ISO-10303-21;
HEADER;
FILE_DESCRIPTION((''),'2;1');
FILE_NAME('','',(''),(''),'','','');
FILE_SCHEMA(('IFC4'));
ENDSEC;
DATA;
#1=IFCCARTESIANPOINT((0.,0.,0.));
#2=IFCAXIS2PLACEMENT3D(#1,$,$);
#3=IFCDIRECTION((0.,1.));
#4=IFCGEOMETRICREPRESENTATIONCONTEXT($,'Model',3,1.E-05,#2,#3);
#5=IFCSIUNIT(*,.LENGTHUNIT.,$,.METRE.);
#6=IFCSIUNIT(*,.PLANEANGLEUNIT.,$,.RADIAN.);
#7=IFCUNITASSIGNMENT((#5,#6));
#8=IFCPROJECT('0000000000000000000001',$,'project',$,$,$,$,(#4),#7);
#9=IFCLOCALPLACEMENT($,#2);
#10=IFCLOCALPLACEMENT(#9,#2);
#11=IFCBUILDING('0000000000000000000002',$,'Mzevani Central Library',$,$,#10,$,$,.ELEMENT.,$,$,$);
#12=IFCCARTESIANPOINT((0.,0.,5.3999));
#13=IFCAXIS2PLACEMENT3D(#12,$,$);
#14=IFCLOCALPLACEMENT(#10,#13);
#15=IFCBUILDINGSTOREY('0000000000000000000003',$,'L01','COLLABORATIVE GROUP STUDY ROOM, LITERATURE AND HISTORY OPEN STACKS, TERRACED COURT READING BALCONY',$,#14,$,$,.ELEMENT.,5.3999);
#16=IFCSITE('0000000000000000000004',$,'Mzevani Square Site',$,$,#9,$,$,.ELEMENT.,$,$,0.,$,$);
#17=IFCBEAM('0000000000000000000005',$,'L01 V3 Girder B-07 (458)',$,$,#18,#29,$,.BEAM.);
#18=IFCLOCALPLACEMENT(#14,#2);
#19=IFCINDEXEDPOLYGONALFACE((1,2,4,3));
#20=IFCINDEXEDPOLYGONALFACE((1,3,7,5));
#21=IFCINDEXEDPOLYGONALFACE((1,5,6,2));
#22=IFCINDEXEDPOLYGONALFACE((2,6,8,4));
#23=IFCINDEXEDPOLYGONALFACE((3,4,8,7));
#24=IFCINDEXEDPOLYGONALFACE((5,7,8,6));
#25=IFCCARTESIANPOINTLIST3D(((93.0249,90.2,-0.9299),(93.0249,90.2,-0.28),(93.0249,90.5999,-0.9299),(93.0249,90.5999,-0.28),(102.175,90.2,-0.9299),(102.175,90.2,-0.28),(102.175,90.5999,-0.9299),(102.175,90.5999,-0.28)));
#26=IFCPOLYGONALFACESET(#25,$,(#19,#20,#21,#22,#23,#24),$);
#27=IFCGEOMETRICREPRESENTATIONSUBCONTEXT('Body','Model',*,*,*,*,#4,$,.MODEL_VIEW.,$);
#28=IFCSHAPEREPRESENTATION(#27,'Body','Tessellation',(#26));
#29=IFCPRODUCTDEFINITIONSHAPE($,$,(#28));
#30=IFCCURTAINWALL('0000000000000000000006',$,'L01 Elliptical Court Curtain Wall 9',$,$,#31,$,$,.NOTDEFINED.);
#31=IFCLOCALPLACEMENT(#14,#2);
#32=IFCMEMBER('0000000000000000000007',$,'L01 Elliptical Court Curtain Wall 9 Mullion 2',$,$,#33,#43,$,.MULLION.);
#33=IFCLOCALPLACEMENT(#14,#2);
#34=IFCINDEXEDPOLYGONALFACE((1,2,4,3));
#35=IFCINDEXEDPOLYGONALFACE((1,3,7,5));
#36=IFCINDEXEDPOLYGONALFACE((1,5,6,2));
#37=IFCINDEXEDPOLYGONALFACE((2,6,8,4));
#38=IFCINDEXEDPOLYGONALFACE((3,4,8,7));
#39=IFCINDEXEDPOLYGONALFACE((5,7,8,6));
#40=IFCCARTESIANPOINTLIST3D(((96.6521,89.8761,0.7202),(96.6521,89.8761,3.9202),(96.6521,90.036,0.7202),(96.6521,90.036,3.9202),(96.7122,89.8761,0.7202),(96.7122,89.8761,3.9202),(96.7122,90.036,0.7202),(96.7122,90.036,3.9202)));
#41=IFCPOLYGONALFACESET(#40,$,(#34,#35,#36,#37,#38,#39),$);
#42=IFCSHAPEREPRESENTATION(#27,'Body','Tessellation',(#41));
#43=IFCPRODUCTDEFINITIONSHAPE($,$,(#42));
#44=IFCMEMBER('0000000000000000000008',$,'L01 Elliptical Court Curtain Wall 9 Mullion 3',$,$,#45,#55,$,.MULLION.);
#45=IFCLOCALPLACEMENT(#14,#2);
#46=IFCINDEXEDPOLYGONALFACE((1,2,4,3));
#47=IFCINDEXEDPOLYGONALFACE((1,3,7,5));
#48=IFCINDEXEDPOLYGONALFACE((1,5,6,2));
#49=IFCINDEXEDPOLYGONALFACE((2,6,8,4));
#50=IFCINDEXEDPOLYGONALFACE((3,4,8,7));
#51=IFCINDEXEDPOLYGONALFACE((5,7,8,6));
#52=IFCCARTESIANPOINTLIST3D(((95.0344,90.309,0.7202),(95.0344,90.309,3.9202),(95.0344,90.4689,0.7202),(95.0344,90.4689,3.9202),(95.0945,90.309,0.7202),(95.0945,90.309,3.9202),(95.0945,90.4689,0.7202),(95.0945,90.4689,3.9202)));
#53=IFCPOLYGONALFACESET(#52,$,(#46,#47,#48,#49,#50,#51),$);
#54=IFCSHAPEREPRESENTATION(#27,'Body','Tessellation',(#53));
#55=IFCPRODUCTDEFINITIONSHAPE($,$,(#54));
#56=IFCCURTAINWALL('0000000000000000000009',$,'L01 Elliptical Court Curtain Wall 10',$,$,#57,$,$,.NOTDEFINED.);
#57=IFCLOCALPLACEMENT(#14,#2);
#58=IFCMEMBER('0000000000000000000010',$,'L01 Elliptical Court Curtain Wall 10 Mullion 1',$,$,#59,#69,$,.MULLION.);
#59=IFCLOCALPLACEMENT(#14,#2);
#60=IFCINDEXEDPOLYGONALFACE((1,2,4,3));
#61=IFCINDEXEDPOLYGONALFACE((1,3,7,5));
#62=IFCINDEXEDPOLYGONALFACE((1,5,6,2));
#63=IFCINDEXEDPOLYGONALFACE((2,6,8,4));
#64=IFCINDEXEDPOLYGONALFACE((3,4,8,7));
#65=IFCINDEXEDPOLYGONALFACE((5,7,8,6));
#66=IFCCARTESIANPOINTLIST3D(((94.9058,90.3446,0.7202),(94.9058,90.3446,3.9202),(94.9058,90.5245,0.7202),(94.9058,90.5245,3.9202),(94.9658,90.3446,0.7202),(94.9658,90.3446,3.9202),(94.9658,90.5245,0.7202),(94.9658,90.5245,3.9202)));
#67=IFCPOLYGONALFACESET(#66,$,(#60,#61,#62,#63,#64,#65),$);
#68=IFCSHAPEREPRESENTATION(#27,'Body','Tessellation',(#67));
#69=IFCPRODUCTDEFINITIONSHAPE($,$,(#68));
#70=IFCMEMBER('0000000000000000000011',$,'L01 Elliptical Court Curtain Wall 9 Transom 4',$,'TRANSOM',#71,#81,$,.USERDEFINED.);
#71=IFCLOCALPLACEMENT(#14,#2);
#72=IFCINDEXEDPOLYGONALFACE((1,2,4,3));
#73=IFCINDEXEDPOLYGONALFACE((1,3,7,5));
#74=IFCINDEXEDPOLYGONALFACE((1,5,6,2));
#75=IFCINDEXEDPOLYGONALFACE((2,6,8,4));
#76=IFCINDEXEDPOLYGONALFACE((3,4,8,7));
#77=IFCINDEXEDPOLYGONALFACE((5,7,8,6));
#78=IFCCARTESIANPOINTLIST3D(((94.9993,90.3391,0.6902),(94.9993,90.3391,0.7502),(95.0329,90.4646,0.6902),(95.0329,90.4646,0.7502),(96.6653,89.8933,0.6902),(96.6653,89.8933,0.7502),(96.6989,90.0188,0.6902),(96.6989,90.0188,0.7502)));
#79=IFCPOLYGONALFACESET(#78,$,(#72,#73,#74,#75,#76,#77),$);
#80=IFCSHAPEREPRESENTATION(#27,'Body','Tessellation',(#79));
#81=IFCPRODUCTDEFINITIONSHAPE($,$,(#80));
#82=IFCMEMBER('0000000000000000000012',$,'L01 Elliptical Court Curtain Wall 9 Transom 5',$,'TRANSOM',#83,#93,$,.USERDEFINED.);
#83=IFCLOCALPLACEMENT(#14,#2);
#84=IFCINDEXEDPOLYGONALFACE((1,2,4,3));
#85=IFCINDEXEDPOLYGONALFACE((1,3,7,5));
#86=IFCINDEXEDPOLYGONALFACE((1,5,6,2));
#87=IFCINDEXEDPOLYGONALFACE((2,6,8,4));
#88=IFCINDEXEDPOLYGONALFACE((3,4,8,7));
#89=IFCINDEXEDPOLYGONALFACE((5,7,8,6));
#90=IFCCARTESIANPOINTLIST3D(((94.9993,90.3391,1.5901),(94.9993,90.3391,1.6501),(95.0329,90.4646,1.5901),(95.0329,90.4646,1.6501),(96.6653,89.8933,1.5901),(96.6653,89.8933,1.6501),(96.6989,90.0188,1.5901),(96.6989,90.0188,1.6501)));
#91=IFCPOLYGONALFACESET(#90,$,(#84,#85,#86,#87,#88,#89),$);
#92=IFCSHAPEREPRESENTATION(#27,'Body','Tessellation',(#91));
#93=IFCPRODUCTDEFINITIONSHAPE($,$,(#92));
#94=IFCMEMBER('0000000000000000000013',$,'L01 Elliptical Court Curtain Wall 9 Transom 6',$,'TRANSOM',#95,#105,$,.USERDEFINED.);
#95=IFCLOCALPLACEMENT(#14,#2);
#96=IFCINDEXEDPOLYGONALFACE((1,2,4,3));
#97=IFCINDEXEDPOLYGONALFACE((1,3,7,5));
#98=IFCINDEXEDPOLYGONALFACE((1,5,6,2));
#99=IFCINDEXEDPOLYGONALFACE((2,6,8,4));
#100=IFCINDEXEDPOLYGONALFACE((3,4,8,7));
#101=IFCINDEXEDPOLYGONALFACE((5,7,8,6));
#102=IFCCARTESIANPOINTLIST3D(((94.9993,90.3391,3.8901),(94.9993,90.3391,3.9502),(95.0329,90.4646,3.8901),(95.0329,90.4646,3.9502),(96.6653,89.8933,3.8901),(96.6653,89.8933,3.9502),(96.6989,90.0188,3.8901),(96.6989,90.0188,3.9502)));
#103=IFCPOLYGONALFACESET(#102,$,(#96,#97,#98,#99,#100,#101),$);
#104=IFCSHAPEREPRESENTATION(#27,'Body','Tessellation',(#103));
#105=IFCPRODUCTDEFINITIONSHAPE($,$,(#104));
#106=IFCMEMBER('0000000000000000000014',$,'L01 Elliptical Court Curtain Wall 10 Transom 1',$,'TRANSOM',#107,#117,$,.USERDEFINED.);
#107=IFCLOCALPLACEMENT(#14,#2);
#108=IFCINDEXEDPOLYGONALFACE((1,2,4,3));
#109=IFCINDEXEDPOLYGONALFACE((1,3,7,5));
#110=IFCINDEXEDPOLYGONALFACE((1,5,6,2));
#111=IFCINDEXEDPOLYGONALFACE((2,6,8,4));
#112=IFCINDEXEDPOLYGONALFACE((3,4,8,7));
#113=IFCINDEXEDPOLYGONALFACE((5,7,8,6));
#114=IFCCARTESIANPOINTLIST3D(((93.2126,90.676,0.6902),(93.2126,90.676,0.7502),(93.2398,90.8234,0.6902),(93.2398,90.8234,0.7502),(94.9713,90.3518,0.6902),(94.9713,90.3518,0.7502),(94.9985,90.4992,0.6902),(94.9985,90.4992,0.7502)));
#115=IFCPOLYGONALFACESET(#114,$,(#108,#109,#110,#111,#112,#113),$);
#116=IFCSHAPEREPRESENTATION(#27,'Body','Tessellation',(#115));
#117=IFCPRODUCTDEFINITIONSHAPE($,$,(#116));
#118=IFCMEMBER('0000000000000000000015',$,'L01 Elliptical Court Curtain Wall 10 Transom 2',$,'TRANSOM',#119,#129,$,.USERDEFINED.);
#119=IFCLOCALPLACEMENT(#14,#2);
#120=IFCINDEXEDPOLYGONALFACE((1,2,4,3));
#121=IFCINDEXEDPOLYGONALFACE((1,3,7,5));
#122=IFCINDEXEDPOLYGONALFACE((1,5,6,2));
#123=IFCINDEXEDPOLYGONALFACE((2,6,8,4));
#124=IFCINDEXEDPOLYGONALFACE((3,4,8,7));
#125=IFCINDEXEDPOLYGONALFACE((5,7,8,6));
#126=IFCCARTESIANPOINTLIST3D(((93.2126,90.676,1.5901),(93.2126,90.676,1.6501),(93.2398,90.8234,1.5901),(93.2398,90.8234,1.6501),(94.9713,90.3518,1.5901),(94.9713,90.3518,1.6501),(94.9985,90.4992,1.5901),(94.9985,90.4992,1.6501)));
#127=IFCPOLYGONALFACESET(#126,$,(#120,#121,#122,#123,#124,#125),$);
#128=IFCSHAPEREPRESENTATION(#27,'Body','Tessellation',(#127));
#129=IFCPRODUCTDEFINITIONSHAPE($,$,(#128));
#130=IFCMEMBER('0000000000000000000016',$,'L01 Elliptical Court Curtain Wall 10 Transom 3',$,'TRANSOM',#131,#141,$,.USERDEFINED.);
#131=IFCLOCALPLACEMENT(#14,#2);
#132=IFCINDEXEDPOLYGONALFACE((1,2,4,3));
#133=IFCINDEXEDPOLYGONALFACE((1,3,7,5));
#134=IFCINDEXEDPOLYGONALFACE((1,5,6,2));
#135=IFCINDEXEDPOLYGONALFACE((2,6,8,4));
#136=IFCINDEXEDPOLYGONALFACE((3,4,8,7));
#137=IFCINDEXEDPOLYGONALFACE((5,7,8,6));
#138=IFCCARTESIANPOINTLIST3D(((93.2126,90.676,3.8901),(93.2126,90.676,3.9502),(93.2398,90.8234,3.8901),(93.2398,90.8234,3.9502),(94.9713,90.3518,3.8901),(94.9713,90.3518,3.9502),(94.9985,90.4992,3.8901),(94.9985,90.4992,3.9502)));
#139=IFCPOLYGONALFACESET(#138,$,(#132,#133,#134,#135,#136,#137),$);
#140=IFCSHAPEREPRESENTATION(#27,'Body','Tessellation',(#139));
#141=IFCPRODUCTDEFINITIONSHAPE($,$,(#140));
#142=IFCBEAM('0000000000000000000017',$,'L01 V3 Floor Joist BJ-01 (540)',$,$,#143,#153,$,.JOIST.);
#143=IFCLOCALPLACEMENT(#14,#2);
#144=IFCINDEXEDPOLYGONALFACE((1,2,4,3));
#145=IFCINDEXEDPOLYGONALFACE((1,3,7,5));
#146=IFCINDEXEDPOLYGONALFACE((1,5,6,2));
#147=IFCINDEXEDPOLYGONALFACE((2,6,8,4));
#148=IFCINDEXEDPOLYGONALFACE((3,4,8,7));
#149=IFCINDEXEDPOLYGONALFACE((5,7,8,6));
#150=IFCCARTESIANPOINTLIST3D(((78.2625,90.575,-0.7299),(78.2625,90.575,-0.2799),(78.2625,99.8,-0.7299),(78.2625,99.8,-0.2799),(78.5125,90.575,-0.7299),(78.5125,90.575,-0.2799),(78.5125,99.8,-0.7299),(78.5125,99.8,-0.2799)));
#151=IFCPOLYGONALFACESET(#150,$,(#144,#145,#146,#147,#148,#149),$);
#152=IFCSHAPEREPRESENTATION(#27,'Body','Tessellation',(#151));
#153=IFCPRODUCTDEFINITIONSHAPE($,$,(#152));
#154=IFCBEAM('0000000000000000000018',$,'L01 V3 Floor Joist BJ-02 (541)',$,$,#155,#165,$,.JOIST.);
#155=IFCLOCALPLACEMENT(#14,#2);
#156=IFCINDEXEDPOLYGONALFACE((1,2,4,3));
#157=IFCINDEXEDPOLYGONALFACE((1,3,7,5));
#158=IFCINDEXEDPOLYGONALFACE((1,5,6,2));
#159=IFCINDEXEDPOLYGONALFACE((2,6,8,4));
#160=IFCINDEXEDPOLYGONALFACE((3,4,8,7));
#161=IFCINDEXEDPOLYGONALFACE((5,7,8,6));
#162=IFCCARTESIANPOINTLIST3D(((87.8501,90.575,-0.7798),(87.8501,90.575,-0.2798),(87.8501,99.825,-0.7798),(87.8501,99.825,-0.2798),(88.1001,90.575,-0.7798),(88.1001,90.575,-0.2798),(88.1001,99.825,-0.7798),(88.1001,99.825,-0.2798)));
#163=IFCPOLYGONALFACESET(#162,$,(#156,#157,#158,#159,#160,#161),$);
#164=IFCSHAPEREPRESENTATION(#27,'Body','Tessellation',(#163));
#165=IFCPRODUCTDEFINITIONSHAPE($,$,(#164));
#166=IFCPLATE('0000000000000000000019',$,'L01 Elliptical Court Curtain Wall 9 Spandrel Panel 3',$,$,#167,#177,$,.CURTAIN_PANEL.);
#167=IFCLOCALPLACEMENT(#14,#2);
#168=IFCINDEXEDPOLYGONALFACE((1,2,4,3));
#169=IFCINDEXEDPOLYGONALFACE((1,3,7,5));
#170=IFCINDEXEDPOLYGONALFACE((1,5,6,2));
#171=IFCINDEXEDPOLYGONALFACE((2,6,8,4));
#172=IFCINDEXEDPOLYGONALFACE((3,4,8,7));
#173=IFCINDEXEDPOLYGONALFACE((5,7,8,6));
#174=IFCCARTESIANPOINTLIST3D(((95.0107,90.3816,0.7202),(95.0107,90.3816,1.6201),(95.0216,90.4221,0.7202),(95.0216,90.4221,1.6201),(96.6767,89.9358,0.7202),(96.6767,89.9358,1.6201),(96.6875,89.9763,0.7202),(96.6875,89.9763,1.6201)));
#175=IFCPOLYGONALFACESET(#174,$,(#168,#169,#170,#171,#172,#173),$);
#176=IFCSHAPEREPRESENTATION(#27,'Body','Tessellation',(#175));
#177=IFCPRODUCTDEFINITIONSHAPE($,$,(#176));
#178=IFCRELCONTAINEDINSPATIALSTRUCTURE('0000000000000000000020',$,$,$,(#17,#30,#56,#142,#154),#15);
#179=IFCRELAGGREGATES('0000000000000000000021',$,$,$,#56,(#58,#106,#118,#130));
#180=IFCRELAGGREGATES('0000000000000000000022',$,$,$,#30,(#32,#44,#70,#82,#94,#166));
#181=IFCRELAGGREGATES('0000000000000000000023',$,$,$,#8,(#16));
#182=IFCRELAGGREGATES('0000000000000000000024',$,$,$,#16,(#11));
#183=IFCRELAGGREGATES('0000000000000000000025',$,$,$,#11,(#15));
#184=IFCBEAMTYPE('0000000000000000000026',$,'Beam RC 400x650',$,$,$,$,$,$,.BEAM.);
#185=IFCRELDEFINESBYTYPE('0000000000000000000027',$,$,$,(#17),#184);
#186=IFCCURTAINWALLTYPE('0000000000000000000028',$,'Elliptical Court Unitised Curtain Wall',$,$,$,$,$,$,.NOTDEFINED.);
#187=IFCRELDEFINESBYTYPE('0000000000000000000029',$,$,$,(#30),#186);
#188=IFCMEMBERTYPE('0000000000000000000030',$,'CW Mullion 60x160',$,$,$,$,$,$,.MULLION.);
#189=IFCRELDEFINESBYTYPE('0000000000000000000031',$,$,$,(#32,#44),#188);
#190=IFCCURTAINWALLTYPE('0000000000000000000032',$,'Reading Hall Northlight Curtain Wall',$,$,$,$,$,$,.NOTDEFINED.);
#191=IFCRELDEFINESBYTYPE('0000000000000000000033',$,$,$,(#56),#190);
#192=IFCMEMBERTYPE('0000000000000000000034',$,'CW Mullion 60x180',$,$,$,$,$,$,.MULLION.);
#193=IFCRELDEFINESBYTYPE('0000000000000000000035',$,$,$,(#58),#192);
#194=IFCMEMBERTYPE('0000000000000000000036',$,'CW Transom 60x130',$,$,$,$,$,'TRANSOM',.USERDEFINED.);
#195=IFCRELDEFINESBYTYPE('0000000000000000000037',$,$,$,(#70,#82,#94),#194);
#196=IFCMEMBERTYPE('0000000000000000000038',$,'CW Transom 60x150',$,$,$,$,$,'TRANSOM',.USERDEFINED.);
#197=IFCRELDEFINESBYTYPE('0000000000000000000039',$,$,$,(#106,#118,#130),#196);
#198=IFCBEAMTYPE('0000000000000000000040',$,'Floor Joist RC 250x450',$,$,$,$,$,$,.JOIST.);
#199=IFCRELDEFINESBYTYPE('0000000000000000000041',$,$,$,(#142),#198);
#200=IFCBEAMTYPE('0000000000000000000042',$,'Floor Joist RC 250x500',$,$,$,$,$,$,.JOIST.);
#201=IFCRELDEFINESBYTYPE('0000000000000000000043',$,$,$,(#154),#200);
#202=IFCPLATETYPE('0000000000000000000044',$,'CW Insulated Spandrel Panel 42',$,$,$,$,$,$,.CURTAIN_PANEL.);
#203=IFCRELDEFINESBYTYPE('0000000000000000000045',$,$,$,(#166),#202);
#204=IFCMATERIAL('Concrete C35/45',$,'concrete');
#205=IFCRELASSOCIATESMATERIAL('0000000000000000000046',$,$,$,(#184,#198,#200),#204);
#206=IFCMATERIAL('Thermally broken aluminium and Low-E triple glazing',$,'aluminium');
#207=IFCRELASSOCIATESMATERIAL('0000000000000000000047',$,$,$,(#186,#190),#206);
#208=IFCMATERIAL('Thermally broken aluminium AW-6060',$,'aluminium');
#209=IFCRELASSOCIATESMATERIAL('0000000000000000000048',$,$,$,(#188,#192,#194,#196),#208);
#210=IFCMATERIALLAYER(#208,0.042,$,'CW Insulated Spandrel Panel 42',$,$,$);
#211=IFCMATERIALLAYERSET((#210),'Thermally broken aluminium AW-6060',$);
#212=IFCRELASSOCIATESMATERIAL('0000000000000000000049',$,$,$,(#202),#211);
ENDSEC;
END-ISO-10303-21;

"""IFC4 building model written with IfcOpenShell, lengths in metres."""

from ifc_helpers import new_model, si_unit, direction, frame, origin, origin_2d, place, context, subcontext, project, spatial, rectangle, extrude, material, layer, layer_set, material_profile, profile_set, type_object, element, aggregate, save


model = new_model("IFC4")

# Units and contexts
model_context = context("Model", 3, precision=1e-05, world=origin(), true_north=direction((0.0, 1.0)))
body_context = subcontext(model_context, "Body", "Model", "MODEL_VIEW")
ifc_project = project(units=[si_unit("LENGTHUNIT", "METRE"), si_unit("PLANEANGLEUNIT", "RADIAN")], contexts=[model_context])

# Site, building, storey
site_placement = place(None, origin())
site = spatial("IfcSite", under=ifc_project, at=site_placement, Name="Mzevani Square Site", CompositionType="ELEMENT", RefElevation=0.0)
building_placement = place(site_placement, origin())
building = spatial("IfcBuilding", under=site, at=building_placement, Name="Mzevani Central Library", CompositionType="ELEMENT")
storey_placement = place(building_placement, frame((0.0, 0.0, 5.3999)))
storey = spatial("IfcBuildingStorey", under=building, at=storey_placement, Name="L01", Description="COLLABORATIVE GROUP STUDY ROOM, LITERATURE AND HISTORY OPEN STACKS, TERRACED COURT READING BALCONY", CompositionType="ELEMENT", Elevation=5.3999)

# Beam
ifc_material_1 = material(Name="Concrete C35/45", Category="concrete")
ifc_material_profile_1 = material_profile(ifc_material_1, rectangle(XDim=0.3999, YDim=0.6499, at=origin_2d()), Name="RC B400x650")
ifc_profile_set_1 = profile_set([ifc_material_profile_1], Name="Concrete C35/45")
beam_type_1 = type_object("IfcBeamType", Name="Beam RC 400x650", PredefinedType="BEAM", material=ifc_profile_set_1)
beam_1_placement = place(storey_placement, frame((93.0249, 90.3999, -0.605), z_axis=(1.0, 0.0, 0.0), x_axis=(0.0, 1.0, 0.0)))
element("IfcBeam", 1, at=beam_1_placement, inside=storey, type_object=beam_type_1, Name="L01 V3 Girder B-07 (458)", PredefinedType="BEAM", context=body_context, shape_type="SweptSolid", body=[
    extrude(rectangle(XDim=0.3999, YDim=0.6499, at=origin_2d()), origin(), (0.0, 0.0, 1.0), 9.1501),
])

# Curtain wall, members
ifc_material_2 = material(Name="Thermally broken aluminium and Low-E triple glazing", Category="aluminium")
curtain_wall_type_1 = type_object("IfcCurtainWallType", Name="Elliptical Court Unitised Curtain Wall", PredefinedType="NOTDEFINED", material=ifc_material_2)
curtain_wall_1_placement = place(storey_placement, origin())
curtain_wall_1 = element("IfcCurtainWall", 2, at=curtain_wall_1_placement, inside=storey, type_object=curtain_wall_type_1, Name="L01 Elliptical Court Curtain Wall 9", PredefinedType="NOTDEFINED")
ifc_material_3 = material(Name="Thermally broken aluminium AW-6060", Category="aluminium")
ifc_material_profile_2 = material_profile(ifc_material_3, rectangle(XDim=0.0601, YDim=0.1599, at=origin_2d()), Name="ALU M60x160")
ifc_profile_set_2 = profile_set([ifc_material_profile_2], Name="Thermally broken aluminium AW-6060")
member_type_1 = type_object("IfcMemberType", Name="CW Mullion 60x160", PredefinedType="MULLION", material=ifc_profile_set_2)
member_1_placement = place(storey_placement, frame((96.6821, 89.9561, 0.7202), z_axis=(0.0, 0.0, 1.0), x_axis=(1.0, 0.0, 0.0)))
member_1 = element("IfcMember", 3, at=member_1_placement, type_object=member_type_1, Name="L01 Elliptical Court Curtain Wall 9 Mullion 2", PredefinedType="MULLION", context=body_context, shape_type="SweptSolid", body=[
    extrude(rectangle(XDim=0.0601, YDim=0.1599, at=origin_2d()), origin(), (0.0, 0.0, 1.0), 3.2),
])
member_2_placement = place(storey_placement, frame((95.0645, 90.3889, 0.7202), z_axis=(0.0, 0.0, 1.0), x_axis=(1.0, 0.0, 0.0)))
member_2 = element("IfcMember", 4, at=member_2_placement, type_object=member_type_1, Name="L01 Elliptical Court Curtain Wall 9 Mullion 3", PredefinedType="MULLION", context=body_context, shape_type="SweptSolid", body=[
    extrude(rectangle(XDim=0.0601, YDim=0.1599, at=origin_2d()), origin(), (0.0, 0.0, 1.0), 3.2),
])

# Curtain wall, member
curtain_wall_type_2 = type_object("IfcCurtainWallType", Name="Reading Hall Northlight Curtain Wall", PredefinedType="NOTDEFINED", material=ifc_material_2)
curtain_wall_2_placement = place(storey_placement, origin())
curtain_wall_2 = element("IfcCurtainWall", 5, at=curtain_wall_2_placement, inside=storey, type_object=curtain_wall_type_2, Name="L01 Elliptical Court Curtain Wall 10", PredefinedType="NOTDEFINED")
ifc_material_profile_3 = material_profile(ifc_material_3, rectangle(XDim=0.0601, YDim=0.1799, at=origin_2d()), Name="ALU M60x180")
ifc_profile_set_3 = profile_set([ifc_material_profile_3], Name="Thermally broken aluminium AW-6060")
member_type_2 = type_object("IfcMemberType", Name="CW Mullion 60x180", PredefinedType="MULLION", material=ifc_profile_set_3)
member_3_placement = place(storey_placement, frame((94.9358, 90.4346, 0.7202), z_axis=(0.0, 0.0, 1.0), x_axis=(1.0, 0.0, 0.0)))
member_3 = element("IfcMember", 6, at=member_3_placement, type_object=member_type_2, Name="L01 Elliptical Court Curtain Wall 10 Mullion 1", PredefinedType="MULLION", context=body_context, shape_type="SweptSolid", body=[
    extrude(rectangle(XDim=0.0601, YDim=0.1799, at=origin_2d()), origin(), (0.0, 0.0, 1.0), 3.2),
])

# Members
ifc_material_profile_4 = material_profile(ifc_material_3, rectangle(XDim=0.1299, YDim=0.0601, at=origin_2d()), Name="ALU T60x130")
ifc_profile_set_4 = profile_set([ifc_material_profile_4], Name="Thermally broken aluminium AW-6060")
member_type_3 = type_object("IfcMemberType", Name="CW Transom 60x130", ElementType="TRANSOM", PredefinedType="USERDEFINED", material=ifc_profile_set_4)
member_4_placement = place(storey_placement, frame((96.6821, 89.9561, 0.7202), z_axis=(-0.966014, 0.258491, 0.0), x_axis=(-0.258491, -0.966014, 0.0)))
member_4 = element("IfcMember", 7, at=member_4_placement, type_object=member_type_3, Name="L01 Elliptical Court Curtain Wall 9 Transom 4", ObjectType="TRANSOM", PredefinedType="USERDEFINED", context=body_context, shape_type="SweptSolid", body=[
    extrude(rectangle(XDim=0.1299, YDim=0.0601, at=origin_2d()), origin(), (0.0, 0.0, 1.0), 1.7246),
])
member_5_placement = place(storey_placement, frame((96.6821, 89.9561, 1.6201), z_axis=(-0.966014, 0.258491, 0.0), x_axis=(-0.258491, -0.966014, 0.0)))
member_5 = element("IfcMember", 8, at=member_5_placement, type_object=member_type_3, Name="L01 Elliptical Court Curtain Wall 9 Transom 5", ObjectType="TRANSOM", PredefinedType="USERDEFINED", context=body_context, shape_type="SweptSolid", body=[
    extrude(rectangle(XDim=0.1299, YDim=0.0601, at=origin_2d()), origin(), (0.0, 0.0, 1.0), 1.7246),
])
member_6_placement = place(storey_placement, frame((96.6821, 89.9561, 3.9202), z_axis=(-0.966014, 0.258491, 0.0), x_axis=(-0.258491, -0.966014, 0.0)))
member_6 = element("IfcMember", 9, at=member_6_placement, type_object=member_type_3, Name="L01 Elliptical Court Curtain Wall 9 Transom 6", ObjectType="TRANSOM", PredefinedType="USERDEFINED", context=body_context, shape_type="SweptSolid", body=[
    extrude(rectangle(XDim=0.1299, YDim=0.0601, at=origin_2d()), origin(), (0.0, 0.0, 1.0), 1.7246),
])
ifc_material_profile_5 = material_profile(ifc_material_3, rectangle(XDim=0.1499, YDim=0.0601, at=origin_2d()), Name="ALU T60x150")
ifc_profile_set_5 = profile_set([ifc_material_profile_5], Name="Thermally broken aluminium AW-6060")
member_type_4 = type_object("IfcMemberType", Name="CW Transom 60x150", ElementType="TRANSOM", PredefinedType="USERDEFINED", material=ifc_profile_set_5)
member_7_placement = place(storey_placement, frame((94.9849, 90.4255, 0.7202), z_axis=(-0.98343, 0.181288, 0.0), x_axis=(-0.181288, -0.98343, 0.0)))
member_7 = element("IfcMember", 10, at=member_7_placement, type_object=member_type_4, Name="L01 Elliptical Court Curtain Wall 10 Transom 1", ObjectType="TRANSOM", PredefinedType="USERDEFINED", context=body_context, shape_type="SweptSolid", body=[
    extrude(rectangle(XDim=0.1499, YDim=0.0601, at=origin_2d()), origin(), (0.0, 0.0, 1.0), 1.7883),
])
member_8_placement = place(storey_placement, frame((94.9849, 90.4255, 1.6201), z_axis=(-0.98343, 0.181288, 0.0), x_axis=(-0.181288, -0.98343, 0.0)))
member_8 = element("IfcMember", 11, at=member_8_placement, type_object=member_type_4, Name="L01 Elliptical Court Curtain Wall 10 Transom 2", ObjectType="TRANSOM", PredefinedType="USERDEFINED", context=body_context, shape_type="SweptSolid", body=[
    extrude(rectangle(XDim=0.1499, YDim=0.0601, at=origin_2d()), origin(), (0.0, 0.0, 1.0), 1.7883),
])
member_9_placement = place(storey_placement, frame((94.9849, 90.4255, 3.9202), z_axis=(-0.98343, 0.181288, 0.0), x_axis=(-0.181288, -0.98343, 0.0)))
member_9 = element("IfcMember", 12, at=member_9_placement, type_object=member_type_4, Name="L01 Elliptical Court Curtain Wall 10 Transom 3", ObjectType="TRANSOM", PredefinedType="USERDEFINED", context=body_context, shape_type="SweptSolid", body=[
    extrude(rectangle(XDim=0.1499, YDim=0.0601, at=origin_2d()), origin(), (0.0, 0.0, 1.0), 1.7883),
])

# Beams
ifc_material_profile_6 = material_profile(ifc_material_1, rectangle(XDim=0.25, YDim=0.45, at=origin_2d()), Name="RC J250x450")
ifc_profile_set_6 = profile_set([ifc_material_profile_6], Name="Concrete C35/45")
beam_type_2 = type_object("IfcBeamType", Name="Floor Joist RC 250x450", PredefinedType="JOIST", material=ifc_profile_set_6)
beam_2_placement = place(storey_placement, frame((78.3875, 90.575, -0.5049), z_axis=(0.0, 1.0, 0.0), x_axis=(-1.0, 0.0, 0.0)))
element("IfcBeam", 13, at=beam_2_placement, inside=storey, type_object=beam_type_2, Name="L01 V3 Floor Joist BJ-01 (540)", PredefinedType="JOIST", context=body_context, shape_type="SweptSolid", body=[
    extrude(rectangle(XDim=0.25, YDim=0.45, at=origin_2d()), origin(), (0.0, 0.0, 1.0), 9.2251),
])
ifc_material_profile_7 = material_profile(ifc_material_1, rectangle(XDim=0.25, YDim=0.5, at=origin_2d()), Name="RC J250x500")
ifc_profile_set_7 = profile_set([ifc_material_profile_7], Name="Concrete C35/45")
beam_type_3 = type_object("IfcBeamType", Name="Floor Joist RC 250x500", PredefinedType="JOIST", material=ifc_profile_set_7)
beam_3_placement = place(storey_placement, frame((87.9751, 90.575, -0.5298), z_axis=(0.0, 1.0, 0.0), x_axis=(-1.0, 0.0, 0.0)))
element("IfcBeam", 14, at=beam_3_placement, inside=storey, type_object=beam_type_3, Name="L01 V3 Floor Joist BJ-02 (541)", PredefinedType="JOIST", context=body_context, shape_type="SweptSolid", body=[
    extrude(rectangle(XDim=0.25, YDim=0.5, at=origin_2d()), origin(), (0.0, 0.0, 1.0), 9.25),
])

# Plate
ifc_layer_1 = layer(ifc_material_3, 0.042, Name="CW Insulated Spandrel Panel 42")
ifc_layer_set_1 = layer_set([ifc_layer_1], Name="Thermally broken aluminium AW-6060")
plate_type_1 = type_object("IfcPlateType", Name="CW Insulated Spandrel Panel 42", PredefinedType="CURTAIN_PANEL", material=ifc_layer_set_1)
plate_1_placement = place(storey_placement, frame((95.8491, 90.179, 0.7202), z_axis=(0.0, 0.0, 1.0), x_axis=(-0.966009, 0.258507, 0.0)))
plate_1 = element("IfcPlate", 15, at=plate_1_placement, type_object=plate_type_1, Name="L01 Elliptical Court Curtain Wall 9 Spandrel Panel 3", PredefinedType="CURTAIN_PANEL", context=body_context, shape_type="SweptSolid", body=[
    extrude(rectangle(XDim=1.7246, YDim=0.042, at=origin_2d()), origin(), (0.0, 0.0, 1.0), 0.8999),
])
aggregate(curtain_wall_2, [member_3, member_7, member_8, member_9])
aggregate(curtain_wall_1, [member_1, member_2, member_4, member_5, member_6, plate_1])

save(model, "model.ifc")
